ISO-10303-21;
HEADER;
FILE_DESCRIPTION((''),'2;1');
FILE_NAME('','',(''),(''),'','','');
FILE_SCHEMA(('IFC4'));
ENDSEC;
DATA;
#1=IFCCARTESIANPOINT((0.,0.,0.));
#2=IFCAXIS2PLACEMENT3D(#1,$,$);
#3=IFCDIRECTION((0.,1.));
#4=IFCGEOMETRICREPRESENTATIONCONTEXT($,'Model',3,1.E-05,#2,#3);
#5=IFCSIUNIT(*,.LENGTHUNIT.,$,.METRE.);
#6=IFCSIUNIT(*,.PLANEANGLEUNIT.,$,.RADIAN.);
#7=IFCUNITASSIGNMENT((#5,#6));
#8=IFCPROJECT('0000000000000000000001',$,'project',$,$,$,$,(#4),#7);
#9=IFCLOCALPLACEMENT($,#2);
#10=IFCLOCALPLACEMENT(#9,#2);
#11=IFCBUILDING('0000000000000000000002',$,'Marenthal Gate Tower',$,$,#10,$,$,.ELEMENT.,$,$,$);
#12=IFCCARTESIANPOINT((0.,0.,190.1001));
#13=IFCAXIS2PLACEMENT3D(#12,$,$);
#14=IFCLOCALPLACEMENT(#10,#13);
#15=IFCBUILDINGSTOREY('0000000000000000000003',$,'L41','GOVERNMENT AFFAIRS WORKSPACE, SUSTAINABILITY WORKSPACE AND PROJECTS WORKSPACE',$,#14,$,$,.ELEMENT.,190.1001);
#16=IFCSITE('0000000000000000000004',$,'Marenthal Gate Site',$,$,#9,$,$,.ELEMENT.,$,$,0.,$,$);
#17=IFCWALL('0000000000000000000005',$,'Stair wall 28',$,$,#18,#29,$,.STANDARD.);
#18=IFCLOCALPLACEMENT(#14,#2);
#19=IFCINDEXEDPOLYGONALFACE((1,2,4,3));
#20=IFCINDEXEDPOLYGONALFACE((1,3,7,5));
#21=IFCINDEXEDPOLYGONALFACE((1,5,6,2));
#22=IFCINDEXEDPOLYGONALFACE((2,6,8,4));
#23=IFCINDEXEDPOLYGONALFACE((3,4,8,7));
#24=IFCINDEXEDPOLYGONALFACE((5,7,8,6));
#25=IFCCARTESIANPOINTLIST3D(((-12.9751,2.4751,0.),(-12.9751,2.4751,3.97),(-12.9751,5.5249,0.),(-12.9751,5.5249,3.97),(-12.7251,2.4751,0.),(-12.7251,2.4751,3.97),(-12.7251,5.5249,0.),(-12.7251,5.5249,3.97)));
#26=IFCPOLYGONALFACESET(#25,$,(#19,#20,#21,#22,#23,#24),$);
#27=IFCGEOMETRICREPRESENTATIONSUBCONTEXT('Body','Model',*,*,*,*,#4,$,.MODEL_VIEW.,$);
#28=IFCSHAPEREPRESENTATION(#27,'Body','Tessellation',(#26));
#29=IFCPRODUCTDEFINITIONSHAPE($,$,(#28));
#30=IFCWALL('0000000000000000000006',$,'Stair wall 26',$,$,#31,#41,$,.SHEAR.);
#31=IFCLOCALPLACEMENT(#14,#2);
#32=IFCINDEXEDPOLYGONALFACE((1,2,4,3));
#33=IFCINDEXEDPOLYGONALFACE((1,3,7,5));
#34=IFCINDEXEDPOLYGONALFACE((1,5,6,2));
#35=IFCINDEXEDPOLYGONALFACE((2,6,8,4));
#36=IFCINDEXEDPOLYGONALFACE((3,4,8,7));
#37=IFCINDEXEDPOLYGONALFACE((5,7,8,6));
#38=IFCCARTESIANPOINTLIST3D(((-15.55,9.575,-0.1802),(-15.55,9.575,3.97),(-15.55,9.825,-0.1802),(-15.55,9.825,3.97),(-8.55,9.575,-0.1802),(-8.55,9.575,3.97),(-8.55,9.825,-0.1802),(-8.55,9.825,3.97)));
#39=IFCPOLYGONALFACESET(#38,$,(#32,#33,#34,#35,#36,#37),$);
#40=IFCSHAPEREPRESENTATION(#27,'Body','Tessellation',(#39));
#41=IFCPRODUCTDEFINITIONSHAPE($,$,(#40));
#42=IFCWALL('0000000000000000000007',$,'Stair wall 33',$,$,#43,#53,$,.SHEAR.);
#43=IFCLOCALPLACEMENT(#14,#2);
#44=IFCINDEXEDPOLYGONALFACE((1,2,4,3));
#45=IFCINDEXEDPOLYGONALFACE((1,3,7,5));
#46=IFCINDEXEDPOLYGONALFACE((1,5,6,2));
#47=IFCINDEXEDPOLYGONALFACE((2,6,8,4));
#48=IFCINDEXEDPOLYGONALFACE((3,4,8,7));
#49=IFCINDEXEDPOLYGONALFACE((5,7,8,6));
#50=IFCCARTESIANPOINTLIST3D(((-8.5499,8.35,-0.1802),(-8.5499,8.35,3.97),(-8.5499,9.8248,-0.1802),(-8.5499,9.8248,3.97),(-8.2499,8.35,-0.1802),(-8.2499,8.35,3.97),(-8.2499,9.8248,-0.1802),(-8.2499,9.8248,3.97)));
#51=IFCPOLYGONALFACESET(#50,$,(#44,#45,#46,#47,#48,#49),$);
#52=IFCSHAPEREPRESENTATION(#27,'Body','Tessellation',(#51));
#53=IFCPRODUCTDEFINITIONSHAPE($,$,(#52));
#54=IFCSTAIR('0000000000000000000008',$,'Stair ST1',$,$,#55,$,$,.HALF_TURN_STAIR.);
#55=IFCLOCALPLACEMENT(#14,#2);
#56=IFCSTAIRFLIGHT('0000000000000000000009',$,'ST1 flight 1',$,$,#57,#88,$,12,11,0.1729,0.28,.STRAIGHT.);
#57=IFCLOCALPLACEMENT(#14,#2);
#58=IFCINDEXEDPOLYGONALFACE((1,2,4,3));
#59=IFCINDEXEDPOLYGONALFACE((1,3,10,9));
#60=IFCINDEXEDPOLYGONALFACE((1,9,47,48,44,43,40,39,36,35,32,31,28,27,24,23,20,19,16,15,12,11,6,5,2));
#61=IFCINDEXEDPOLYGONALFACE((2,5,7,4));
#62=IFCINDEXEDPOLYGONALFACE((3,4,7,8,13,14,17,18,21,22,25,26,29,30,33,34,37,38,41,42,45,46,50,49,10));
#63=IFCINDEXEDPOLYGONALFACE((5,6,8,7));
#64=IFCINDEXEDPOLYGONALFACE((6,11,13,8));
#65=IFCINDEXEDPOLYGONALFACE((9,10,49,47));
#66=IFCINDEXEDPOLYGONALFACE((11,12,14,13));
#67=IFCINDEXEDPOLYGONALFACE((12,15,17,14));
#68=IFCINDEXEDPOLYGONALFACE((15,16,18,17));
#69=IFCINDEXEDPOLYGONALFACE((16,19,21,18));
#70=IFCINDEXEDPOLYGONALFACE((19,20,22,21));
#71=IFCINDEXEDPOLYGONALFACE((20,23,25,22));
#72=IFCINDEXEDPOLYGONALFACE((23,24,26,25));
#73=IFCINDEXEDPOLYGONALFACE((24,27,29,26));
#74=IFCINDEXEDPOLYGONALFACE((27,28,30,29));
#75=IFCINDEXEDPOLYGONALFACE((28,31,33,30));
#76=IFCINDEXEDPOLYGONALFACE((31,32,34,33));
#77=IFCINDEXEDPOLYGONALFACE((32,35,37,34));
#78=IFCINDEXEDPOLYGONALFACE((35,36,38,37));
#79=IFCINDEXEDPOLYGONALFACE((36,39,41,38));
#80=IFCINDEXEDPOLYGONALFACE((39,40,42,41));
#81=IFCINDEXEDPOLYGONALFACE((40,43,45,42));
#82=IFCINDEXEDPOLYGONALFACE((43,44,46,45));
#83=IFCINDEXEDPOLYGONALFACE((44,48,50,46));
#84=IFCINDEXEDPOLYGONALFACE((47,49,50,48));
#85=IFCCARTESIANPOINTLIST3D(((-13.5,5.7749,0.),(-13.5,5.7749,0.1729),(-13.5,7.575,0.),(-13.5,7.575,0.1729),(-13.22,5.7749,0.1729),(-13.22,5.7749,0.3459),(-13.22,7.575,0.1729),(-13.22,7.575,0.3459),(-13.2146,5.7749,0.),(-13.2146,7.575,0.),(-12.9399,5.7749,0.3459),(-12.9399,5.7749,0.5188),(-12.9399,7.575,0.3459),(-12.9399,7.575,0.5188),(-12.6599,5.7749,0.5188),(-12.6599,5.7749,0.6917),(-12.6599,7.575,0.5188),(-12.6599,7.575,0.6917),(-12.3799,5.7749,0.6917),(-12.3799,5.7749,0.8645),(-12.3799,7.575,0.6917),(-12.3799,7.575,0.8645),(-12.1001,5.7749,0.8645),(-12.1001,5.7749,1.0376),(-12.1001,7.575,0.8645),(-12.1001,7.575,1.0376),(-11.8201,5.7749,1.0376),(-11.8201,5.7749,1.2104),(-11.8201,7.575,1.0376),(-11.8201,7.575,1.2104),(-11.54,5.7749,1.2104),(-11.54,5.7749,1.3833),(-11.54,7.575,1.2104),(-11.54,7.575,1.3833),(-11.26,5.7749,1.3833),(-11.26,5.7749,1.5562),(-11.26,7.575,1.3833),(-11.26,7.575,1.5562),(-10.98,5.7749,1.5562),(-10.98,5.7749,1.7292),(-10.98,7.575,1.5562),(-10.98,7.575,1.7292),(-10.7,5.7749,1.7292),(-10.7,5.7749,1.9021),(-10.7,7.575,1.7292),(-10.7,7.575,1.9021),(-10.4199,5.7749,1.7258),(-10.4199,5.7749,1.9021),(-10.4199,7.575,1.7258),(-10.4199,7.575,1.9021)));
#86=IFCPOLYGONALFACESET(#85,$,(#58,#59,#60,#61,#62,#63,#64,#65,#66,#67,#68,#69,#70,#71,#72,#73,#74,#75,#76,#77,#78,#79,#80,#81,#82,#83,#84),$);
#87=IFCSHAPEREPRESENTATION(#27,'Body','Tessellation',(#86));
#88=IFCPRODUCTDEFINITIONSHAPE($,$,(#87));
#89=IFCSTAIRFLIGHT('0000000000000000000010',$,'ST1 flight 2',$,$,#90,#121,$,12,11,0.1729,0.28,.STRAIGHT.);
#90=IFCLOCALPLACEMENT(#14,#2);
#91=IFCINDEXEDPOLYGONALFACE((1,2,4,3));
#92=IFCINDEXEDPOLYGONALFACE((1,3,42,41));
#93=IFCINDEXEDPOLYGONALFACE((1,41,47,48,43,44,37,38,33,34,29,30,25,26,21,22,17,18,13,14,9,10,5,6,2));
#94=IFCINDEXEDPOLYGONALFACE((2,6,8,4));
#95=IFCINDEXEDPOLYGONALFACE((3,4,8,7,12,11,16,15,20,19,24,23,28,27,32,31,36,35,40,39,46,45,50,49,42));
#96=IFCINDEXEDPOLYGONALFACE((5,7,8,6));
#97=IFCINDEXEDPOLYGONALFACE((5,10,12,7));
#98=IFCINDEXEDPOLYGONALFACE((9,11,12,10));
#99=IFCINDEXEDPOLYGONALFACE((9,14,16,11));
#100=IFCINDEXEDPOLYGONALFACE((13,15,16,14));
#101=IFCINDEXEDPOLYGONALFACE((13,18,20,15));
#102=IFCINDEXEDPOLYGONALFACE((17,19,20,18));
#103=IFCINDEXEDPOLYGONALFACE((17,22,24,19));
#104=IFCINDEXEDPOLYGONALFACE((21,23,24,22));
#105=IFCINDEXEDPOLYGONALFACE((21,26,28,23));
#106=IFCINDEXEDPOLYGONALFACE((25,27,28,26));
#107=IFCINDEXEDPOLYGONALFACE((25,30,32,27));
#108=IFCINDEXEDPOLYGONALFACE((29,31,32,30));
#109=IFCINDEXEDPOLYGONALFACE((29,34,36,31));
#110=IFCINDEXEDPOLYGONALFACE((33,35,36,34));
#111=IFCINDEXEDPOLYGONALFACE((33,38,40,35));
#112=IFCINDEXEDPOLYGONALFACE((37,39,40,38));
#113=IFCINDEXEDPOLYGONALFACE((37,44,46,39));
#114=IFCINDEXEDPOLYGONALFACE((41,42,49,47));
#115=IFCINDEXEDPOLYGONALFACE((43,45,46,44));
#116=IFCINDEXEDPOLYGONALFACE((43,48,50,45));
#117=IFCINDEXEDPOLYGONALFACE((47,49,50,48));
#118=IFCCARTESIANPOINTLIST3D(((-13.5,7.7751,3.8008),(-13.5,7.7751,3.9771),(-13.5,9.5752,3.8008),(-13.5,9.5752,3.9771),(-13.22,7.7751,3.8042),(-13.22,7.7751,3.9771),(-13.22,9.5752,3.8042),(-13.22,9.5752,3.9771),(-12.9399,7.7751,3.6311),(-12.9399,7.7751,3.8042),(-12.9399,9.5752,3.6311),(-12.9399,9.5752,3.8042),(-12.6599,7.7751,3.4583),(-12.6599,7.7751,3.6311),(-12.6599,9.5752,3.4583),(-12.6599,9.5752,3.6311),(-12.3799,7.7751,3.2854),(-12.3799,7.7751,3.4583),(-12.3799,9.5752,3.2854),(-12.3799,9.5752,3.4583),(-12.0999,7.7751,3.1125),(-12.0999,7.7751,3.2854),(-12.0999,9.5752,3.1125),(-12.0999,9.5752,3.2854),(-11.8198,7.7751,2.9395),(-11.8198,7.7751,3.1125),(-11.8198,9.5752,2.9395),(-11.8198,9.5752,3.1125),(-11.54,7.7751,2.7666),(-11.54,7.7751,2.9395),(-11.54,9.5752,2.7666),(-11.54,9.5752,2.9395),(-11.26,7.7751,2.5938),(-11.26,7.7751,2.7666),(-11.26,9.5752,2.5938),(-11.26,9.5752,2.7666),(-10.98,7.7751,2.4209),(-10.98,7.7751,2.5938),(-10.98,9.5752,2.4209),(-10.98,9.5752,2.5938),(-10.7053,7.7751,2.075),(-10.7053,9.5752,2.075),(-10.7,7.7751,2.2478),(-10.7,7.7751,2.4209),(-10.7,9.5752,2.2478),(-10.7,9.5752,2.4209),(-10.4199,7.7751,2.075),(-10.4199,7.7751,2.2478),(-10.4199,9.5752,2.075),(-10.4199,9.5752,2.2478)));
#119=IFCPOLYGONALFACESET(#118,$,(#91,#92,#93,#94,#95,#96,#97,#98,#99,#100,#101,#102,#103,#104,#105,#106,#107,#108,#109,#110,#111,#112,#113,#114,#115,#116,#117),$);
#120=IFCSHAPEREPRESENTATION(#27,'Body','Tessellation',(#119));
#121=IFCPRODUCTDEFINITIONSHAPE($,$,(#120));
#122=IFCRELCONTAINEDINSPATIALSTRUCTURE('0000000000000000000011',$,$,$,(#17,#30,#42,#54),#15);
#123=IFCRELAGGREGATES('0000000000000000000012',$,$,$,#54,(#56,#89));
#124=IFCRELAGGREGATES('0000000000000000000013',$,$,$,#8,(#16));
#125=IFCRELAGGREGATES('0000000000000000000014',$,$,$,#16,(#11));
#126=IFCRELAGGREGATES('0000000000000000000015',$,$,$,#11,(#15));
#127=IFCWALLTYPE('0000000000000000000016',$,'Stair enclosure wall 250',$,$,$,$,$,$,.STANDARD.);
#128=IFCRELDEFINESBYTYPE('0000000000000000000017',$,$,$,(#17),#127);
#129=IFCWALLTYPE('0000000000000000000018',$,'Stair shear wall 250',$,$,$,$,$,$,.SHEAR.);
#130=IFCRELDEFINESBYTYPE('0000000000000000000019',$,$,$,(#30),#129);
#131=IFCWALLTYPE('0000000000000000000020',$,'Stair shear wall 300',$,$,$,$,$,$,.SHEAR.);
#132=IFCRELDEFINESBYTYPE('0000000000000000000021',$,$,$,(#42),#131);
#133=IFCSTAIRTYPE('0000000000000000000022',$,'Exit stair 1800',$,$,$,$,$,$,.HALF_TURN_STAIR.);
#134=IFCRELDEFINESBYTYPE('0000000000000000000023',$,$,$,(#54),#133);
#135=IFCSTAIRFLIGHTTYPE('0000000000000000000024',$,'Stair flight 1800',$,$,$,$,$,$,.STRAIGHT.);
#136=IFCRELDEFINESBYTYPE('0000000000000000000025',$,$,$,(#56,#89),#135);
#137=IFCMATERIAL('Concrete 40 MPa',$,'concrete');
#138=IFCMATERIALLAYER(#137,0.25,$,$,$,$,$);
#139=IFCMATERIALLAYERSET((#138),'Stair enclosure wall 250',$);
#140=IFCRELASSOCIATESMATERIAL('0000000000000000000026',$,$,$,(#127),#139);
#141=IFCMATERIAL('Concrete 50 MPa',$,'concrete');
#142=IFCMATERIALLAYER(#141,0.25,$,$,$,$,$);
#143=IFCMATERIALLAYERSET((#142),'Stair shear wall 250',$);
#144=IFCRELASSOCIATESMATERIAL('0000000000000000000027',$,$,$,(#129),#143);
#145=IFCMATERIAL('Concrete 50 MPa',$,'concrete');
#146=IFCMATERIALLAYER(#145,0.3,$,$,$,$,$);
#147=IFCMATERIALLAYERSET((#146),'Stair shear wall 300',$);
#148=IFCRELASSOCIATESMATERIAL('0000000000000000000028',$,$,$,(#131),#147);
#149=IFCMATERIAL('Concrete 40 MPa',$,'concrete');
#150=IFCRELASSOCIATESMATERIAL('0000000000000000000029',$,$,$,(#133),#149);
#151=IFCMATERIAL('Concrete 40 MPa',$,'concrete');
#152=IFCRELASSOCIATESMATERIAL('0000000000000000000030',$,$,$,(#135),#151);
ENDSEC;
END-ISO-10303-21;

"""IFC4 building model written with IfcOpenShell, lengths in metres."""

from ifc_helpers import new_model, si_unit, direction, frame, frame_2d, origin, place, context, subcontext, project, spatial, polyline, rectangle, outline, extrude, material, layer, layer_set, type_object, element, aggregate, save


model = new_model("IFC4")

# Units and contexts
model_context = context("Model", 3, precision=1e-05, world=origin(), true_north=direction((0.0, 1.0)))
body_context = subcontext(model_context, "Body", "Model", "MODEL_VIEW")
ifc_project = project(units=[si_unit("LENGTHUNIT", "METRE"), si_unit("PLANEANGLEUNIT", "RADIAN")], contexts=[model_context])

# Site, building, storey
site_placement = place(None, origin())
site = spatial("IfcSite", under=ifc_project, at=site_placement, Name="Marenthal Gate Site", CompositionType="ELEMENT", RefElevation=0.0)
building_placement = place(site_placement, origin())
building = spatial("IfcBuilding", under=site, at=building_placement, Name="Marenthal Gate Tower", CompositionType="ELEMENT")
storey_placement = place(building_placement, frame((0.0, 0.0, 190.1001)))
storey = spatial("IfcBuildingStorey", under=building, at=storey_placement, Name="L41", Description="GOVERNMENT AFFAIRS WORKSPACE, SUSTAINABILITY WORKSPACE AND PROJECTS WORKSPACE", CompositionType="ELEMENT", Elevation=190.1001)

# Walls
ifc_material_1 = material(Name="Concrete 40 MPa", Category="concrete")
ifc_layer_1 = layer(ifc_material_1, 0.25)
ifc_layer_set_1 = layer_set([ifc_layer_1], Name="Stair enclosure wall 250")
wall_type_1 = type_object("IfcWallType", Name="Stair enclosure wall 250", PredefinedType="STANDARD", material=ifc_layer_set_1)
wall_1_placement = place(storey_placement, frame((-12.8501, 2.4751, 0.0), z_axis=(0.0, 0.0, 1.0), x_axis=(0.0, 1.0, 0.0)))
element("IfcWall", 1, at=wall_1_placement, inside=storey, type_object=wall_type_1, Name="Stair wall 28", PredefinedType="STANDARD", context=body_context, shape_type="SweptSolid", body=[
    extrude(rectangle(XDim=3.0498, YDim=0.25, at=frame_2d((1.5249, 0.0))), origin(), (0.0, 0.0, 1.0), 3.97),
])
ifc_material_2 = material(Name="Concrete 50 MPa", Category="concrete")
ifc_layer_2 = layer(ifc_material_2, 0.25)
ifc_layer_set_2 = layer_set([ifc_layer_2], Name="Stair shear wall 250")
wall_type_2 = type_object("IfcWallType", Name="Stair shear wall 250", PredefinedType="SHEAR", material=ifc_layer_set_2)
wall_2_placement = place(storey_placement, frame((-15.55, 9.7, -0.1802), z_axis=(0.0, 0.0, 1.0), x_axis=(1.0, 0.0, 0.0)))
element("IfcWall", 2, at=wall_2_placement, inside=storey, type_object=wall_type_2, Name="Stair wall 26", PredefinedType="SHEAR", context=body_context, shape_type="SweptSolid", body=[
    extrude(rectangle(XDim=7.0, YDim=0.25, at=frame_2d((3.5, 0.0))), origin(), (0.0, 0.0, 1.0), 4.1501),
])
ifc_material_3 = material(Name="Concrete 50 MPa", Category="concrete")
ifc_layer_3 = layer(ifc_material_3, 0.3)
ifc_layer_set_3 = layer_set([ifc_layer_3], Name="Stair shear wall 300")
wall_type_3 = type_object("IfcWallType", Name="Stair shear wall 300", PredefinedType="SHEAR", material=ifc_layer_set_3)
wall_3_placement = place(storey_placement, frame((-8.3999, 8.3501, -0.1802), z_axis=(0.0, 0.0, 1.0), x_axis=(0.0, 1.0, 0.0)))
element("IfcWall", 3, at=wall_3_placement, inside=storey, type_object=wall_type_3, Name="Stair wall 33", PredefinedType="SHEAR", context=body_context, shape_type="SweptSolid", body=[
    extrude(rectangle(XDim=1.4749, YDim=0.3, at=frame_2d((0.7373, 0.0))), origin(), (0.0, 0.0, 1.0), 4.1501),
])

# Stair, stair flights
ifc_material_4 = material(Name="Concrete 40 MPa", Category="concrete")
stair_type = type_object("IfcStairType", Name="Exit stair 1800", PredefinedType="HALF_TURN_STAIR", material=ifc_material_4)
stair_placement = place(storey_placement, origin())
stair = element("IfcStair", 4, at=stair_placement, inside=storey, type_object=stair_type, Name="Stair ST1", PredefinedType="HALF_TURN_STAIR")
ifc_material_5 = material(Name="Concrete 40 MPa", Category="concrete")
stair_flight_type = type_object("IfcStairFlightType", Name="Stair flight 1800", PredefinedType="STRAIGHT", material=ifc_material_5)
stair_flight_1_placement = place(storey_placement, frame((-13.5, 6.675, 0.0), z_axis=(0.0, 0.0, 1.0), x_axis=(1.0, 0.0, 0.0)))
stair_flight_1 = element("IfcStairFlight", 5, at=stair_flight_1_placement, type_object=stair_flight_type, Name="ST1 flight 1", NumberOfRisers=12, NumberOfTreads=11, PredefinedType="STRAIGHT", RiserHeight=0.1729, TreadLength=0.28, context=body_context, shape_type="SweptSolid", body=[
    extrude(outline(polyline([(0.0, 0.0), (0.0, 0.1729), (0.28, 0.1729), (0.28, 0.3459), (0.5601, 0.3459), (0.5601, 0.5188), (0.8401, 0.5188), (0.8401, 0.6917), (1.1201, 0.6917), (1.1201, 0.8645), (1.3999, 0.8645), (1.3999, 1.0376), (1.6799, 1.0376), (1.6799, 1.2104), (1.96, 1.2104), (1.96, 1.3833), (2.24, 1.3833), (2.24, 1.5562), (2.52, 1.5562), (2.52, 1.7292), (2.8, 1.7292), (2.8, 1.9021), (3.0801, 1.9021), (3.0801, 2.075), (3.0801, 1.7258), (0.2854, 0.0), (0.0, 0.0)])), frame((0.0, 0.8999, 0.0), z_axis=(0.0, -1.0, 0.0), x_axis=(1.0, 0.0, 0.0)), (0.0, 0.0, 1.0), 1.8),
])
stair_flight_2_placement = place(storey_placement, frame((-10.4199, 8.675, 2.075), z_axis=(0.0, 0.0, 1.0), x_axis=(-1.0, 0.0, 0.0)))
stair_flight_2 = element("IfcStairFlight", 6, at=stair_flight_2_placement, type_object=stair_flight_type, Name="ST1 flight 2", NumberOfRisers=12, NumberOfTreads=11, PredefinedType="STRAIGHT", RiserHeight=0.1729, TreadLength=0.28, context=body_context, shape_type="SweptSolid", body=[
    extrude(outline(polyline([(0.0, 0.0), (0.0, 0.1729), (0.28, 0.1729), (0.28, 0.3459), (0.5601, 0.3459), (0.5601, 0.5188), (0.8401, 0.5188), (0.8401, 0.6917), (1.1201, 0.6917), (1.1201, 0.8645), (1.3999, 0.8645), (1.3999, 1.0376), (1.6799, 1.0376), (1.6799, 1.2104), (1.96, 1.2104), (1.96, 1.3833), (2.24, 1.3833), (2.24, 1.5562), (2.52, 1.5562), (2.52, 1.7292), (2.8, 1.7292), (2.8, 1.9021), (3.0801, 1.9021), (3.0801, 2.075), (3.0801, 1.7258), (0.2854, 0.0), (0.0, 0.0)])), frame((0.0, 0.8999, 0.0), z_axis=(0.0, -1.0, 0.0), x_axis=(1.0, 0.0, 0.0)), (0.0, 0.0, 1.0), 1.8),
])
aggregate(stair, [stair_flight_1, stair_flight_2])

save(model, "model.ifc")
